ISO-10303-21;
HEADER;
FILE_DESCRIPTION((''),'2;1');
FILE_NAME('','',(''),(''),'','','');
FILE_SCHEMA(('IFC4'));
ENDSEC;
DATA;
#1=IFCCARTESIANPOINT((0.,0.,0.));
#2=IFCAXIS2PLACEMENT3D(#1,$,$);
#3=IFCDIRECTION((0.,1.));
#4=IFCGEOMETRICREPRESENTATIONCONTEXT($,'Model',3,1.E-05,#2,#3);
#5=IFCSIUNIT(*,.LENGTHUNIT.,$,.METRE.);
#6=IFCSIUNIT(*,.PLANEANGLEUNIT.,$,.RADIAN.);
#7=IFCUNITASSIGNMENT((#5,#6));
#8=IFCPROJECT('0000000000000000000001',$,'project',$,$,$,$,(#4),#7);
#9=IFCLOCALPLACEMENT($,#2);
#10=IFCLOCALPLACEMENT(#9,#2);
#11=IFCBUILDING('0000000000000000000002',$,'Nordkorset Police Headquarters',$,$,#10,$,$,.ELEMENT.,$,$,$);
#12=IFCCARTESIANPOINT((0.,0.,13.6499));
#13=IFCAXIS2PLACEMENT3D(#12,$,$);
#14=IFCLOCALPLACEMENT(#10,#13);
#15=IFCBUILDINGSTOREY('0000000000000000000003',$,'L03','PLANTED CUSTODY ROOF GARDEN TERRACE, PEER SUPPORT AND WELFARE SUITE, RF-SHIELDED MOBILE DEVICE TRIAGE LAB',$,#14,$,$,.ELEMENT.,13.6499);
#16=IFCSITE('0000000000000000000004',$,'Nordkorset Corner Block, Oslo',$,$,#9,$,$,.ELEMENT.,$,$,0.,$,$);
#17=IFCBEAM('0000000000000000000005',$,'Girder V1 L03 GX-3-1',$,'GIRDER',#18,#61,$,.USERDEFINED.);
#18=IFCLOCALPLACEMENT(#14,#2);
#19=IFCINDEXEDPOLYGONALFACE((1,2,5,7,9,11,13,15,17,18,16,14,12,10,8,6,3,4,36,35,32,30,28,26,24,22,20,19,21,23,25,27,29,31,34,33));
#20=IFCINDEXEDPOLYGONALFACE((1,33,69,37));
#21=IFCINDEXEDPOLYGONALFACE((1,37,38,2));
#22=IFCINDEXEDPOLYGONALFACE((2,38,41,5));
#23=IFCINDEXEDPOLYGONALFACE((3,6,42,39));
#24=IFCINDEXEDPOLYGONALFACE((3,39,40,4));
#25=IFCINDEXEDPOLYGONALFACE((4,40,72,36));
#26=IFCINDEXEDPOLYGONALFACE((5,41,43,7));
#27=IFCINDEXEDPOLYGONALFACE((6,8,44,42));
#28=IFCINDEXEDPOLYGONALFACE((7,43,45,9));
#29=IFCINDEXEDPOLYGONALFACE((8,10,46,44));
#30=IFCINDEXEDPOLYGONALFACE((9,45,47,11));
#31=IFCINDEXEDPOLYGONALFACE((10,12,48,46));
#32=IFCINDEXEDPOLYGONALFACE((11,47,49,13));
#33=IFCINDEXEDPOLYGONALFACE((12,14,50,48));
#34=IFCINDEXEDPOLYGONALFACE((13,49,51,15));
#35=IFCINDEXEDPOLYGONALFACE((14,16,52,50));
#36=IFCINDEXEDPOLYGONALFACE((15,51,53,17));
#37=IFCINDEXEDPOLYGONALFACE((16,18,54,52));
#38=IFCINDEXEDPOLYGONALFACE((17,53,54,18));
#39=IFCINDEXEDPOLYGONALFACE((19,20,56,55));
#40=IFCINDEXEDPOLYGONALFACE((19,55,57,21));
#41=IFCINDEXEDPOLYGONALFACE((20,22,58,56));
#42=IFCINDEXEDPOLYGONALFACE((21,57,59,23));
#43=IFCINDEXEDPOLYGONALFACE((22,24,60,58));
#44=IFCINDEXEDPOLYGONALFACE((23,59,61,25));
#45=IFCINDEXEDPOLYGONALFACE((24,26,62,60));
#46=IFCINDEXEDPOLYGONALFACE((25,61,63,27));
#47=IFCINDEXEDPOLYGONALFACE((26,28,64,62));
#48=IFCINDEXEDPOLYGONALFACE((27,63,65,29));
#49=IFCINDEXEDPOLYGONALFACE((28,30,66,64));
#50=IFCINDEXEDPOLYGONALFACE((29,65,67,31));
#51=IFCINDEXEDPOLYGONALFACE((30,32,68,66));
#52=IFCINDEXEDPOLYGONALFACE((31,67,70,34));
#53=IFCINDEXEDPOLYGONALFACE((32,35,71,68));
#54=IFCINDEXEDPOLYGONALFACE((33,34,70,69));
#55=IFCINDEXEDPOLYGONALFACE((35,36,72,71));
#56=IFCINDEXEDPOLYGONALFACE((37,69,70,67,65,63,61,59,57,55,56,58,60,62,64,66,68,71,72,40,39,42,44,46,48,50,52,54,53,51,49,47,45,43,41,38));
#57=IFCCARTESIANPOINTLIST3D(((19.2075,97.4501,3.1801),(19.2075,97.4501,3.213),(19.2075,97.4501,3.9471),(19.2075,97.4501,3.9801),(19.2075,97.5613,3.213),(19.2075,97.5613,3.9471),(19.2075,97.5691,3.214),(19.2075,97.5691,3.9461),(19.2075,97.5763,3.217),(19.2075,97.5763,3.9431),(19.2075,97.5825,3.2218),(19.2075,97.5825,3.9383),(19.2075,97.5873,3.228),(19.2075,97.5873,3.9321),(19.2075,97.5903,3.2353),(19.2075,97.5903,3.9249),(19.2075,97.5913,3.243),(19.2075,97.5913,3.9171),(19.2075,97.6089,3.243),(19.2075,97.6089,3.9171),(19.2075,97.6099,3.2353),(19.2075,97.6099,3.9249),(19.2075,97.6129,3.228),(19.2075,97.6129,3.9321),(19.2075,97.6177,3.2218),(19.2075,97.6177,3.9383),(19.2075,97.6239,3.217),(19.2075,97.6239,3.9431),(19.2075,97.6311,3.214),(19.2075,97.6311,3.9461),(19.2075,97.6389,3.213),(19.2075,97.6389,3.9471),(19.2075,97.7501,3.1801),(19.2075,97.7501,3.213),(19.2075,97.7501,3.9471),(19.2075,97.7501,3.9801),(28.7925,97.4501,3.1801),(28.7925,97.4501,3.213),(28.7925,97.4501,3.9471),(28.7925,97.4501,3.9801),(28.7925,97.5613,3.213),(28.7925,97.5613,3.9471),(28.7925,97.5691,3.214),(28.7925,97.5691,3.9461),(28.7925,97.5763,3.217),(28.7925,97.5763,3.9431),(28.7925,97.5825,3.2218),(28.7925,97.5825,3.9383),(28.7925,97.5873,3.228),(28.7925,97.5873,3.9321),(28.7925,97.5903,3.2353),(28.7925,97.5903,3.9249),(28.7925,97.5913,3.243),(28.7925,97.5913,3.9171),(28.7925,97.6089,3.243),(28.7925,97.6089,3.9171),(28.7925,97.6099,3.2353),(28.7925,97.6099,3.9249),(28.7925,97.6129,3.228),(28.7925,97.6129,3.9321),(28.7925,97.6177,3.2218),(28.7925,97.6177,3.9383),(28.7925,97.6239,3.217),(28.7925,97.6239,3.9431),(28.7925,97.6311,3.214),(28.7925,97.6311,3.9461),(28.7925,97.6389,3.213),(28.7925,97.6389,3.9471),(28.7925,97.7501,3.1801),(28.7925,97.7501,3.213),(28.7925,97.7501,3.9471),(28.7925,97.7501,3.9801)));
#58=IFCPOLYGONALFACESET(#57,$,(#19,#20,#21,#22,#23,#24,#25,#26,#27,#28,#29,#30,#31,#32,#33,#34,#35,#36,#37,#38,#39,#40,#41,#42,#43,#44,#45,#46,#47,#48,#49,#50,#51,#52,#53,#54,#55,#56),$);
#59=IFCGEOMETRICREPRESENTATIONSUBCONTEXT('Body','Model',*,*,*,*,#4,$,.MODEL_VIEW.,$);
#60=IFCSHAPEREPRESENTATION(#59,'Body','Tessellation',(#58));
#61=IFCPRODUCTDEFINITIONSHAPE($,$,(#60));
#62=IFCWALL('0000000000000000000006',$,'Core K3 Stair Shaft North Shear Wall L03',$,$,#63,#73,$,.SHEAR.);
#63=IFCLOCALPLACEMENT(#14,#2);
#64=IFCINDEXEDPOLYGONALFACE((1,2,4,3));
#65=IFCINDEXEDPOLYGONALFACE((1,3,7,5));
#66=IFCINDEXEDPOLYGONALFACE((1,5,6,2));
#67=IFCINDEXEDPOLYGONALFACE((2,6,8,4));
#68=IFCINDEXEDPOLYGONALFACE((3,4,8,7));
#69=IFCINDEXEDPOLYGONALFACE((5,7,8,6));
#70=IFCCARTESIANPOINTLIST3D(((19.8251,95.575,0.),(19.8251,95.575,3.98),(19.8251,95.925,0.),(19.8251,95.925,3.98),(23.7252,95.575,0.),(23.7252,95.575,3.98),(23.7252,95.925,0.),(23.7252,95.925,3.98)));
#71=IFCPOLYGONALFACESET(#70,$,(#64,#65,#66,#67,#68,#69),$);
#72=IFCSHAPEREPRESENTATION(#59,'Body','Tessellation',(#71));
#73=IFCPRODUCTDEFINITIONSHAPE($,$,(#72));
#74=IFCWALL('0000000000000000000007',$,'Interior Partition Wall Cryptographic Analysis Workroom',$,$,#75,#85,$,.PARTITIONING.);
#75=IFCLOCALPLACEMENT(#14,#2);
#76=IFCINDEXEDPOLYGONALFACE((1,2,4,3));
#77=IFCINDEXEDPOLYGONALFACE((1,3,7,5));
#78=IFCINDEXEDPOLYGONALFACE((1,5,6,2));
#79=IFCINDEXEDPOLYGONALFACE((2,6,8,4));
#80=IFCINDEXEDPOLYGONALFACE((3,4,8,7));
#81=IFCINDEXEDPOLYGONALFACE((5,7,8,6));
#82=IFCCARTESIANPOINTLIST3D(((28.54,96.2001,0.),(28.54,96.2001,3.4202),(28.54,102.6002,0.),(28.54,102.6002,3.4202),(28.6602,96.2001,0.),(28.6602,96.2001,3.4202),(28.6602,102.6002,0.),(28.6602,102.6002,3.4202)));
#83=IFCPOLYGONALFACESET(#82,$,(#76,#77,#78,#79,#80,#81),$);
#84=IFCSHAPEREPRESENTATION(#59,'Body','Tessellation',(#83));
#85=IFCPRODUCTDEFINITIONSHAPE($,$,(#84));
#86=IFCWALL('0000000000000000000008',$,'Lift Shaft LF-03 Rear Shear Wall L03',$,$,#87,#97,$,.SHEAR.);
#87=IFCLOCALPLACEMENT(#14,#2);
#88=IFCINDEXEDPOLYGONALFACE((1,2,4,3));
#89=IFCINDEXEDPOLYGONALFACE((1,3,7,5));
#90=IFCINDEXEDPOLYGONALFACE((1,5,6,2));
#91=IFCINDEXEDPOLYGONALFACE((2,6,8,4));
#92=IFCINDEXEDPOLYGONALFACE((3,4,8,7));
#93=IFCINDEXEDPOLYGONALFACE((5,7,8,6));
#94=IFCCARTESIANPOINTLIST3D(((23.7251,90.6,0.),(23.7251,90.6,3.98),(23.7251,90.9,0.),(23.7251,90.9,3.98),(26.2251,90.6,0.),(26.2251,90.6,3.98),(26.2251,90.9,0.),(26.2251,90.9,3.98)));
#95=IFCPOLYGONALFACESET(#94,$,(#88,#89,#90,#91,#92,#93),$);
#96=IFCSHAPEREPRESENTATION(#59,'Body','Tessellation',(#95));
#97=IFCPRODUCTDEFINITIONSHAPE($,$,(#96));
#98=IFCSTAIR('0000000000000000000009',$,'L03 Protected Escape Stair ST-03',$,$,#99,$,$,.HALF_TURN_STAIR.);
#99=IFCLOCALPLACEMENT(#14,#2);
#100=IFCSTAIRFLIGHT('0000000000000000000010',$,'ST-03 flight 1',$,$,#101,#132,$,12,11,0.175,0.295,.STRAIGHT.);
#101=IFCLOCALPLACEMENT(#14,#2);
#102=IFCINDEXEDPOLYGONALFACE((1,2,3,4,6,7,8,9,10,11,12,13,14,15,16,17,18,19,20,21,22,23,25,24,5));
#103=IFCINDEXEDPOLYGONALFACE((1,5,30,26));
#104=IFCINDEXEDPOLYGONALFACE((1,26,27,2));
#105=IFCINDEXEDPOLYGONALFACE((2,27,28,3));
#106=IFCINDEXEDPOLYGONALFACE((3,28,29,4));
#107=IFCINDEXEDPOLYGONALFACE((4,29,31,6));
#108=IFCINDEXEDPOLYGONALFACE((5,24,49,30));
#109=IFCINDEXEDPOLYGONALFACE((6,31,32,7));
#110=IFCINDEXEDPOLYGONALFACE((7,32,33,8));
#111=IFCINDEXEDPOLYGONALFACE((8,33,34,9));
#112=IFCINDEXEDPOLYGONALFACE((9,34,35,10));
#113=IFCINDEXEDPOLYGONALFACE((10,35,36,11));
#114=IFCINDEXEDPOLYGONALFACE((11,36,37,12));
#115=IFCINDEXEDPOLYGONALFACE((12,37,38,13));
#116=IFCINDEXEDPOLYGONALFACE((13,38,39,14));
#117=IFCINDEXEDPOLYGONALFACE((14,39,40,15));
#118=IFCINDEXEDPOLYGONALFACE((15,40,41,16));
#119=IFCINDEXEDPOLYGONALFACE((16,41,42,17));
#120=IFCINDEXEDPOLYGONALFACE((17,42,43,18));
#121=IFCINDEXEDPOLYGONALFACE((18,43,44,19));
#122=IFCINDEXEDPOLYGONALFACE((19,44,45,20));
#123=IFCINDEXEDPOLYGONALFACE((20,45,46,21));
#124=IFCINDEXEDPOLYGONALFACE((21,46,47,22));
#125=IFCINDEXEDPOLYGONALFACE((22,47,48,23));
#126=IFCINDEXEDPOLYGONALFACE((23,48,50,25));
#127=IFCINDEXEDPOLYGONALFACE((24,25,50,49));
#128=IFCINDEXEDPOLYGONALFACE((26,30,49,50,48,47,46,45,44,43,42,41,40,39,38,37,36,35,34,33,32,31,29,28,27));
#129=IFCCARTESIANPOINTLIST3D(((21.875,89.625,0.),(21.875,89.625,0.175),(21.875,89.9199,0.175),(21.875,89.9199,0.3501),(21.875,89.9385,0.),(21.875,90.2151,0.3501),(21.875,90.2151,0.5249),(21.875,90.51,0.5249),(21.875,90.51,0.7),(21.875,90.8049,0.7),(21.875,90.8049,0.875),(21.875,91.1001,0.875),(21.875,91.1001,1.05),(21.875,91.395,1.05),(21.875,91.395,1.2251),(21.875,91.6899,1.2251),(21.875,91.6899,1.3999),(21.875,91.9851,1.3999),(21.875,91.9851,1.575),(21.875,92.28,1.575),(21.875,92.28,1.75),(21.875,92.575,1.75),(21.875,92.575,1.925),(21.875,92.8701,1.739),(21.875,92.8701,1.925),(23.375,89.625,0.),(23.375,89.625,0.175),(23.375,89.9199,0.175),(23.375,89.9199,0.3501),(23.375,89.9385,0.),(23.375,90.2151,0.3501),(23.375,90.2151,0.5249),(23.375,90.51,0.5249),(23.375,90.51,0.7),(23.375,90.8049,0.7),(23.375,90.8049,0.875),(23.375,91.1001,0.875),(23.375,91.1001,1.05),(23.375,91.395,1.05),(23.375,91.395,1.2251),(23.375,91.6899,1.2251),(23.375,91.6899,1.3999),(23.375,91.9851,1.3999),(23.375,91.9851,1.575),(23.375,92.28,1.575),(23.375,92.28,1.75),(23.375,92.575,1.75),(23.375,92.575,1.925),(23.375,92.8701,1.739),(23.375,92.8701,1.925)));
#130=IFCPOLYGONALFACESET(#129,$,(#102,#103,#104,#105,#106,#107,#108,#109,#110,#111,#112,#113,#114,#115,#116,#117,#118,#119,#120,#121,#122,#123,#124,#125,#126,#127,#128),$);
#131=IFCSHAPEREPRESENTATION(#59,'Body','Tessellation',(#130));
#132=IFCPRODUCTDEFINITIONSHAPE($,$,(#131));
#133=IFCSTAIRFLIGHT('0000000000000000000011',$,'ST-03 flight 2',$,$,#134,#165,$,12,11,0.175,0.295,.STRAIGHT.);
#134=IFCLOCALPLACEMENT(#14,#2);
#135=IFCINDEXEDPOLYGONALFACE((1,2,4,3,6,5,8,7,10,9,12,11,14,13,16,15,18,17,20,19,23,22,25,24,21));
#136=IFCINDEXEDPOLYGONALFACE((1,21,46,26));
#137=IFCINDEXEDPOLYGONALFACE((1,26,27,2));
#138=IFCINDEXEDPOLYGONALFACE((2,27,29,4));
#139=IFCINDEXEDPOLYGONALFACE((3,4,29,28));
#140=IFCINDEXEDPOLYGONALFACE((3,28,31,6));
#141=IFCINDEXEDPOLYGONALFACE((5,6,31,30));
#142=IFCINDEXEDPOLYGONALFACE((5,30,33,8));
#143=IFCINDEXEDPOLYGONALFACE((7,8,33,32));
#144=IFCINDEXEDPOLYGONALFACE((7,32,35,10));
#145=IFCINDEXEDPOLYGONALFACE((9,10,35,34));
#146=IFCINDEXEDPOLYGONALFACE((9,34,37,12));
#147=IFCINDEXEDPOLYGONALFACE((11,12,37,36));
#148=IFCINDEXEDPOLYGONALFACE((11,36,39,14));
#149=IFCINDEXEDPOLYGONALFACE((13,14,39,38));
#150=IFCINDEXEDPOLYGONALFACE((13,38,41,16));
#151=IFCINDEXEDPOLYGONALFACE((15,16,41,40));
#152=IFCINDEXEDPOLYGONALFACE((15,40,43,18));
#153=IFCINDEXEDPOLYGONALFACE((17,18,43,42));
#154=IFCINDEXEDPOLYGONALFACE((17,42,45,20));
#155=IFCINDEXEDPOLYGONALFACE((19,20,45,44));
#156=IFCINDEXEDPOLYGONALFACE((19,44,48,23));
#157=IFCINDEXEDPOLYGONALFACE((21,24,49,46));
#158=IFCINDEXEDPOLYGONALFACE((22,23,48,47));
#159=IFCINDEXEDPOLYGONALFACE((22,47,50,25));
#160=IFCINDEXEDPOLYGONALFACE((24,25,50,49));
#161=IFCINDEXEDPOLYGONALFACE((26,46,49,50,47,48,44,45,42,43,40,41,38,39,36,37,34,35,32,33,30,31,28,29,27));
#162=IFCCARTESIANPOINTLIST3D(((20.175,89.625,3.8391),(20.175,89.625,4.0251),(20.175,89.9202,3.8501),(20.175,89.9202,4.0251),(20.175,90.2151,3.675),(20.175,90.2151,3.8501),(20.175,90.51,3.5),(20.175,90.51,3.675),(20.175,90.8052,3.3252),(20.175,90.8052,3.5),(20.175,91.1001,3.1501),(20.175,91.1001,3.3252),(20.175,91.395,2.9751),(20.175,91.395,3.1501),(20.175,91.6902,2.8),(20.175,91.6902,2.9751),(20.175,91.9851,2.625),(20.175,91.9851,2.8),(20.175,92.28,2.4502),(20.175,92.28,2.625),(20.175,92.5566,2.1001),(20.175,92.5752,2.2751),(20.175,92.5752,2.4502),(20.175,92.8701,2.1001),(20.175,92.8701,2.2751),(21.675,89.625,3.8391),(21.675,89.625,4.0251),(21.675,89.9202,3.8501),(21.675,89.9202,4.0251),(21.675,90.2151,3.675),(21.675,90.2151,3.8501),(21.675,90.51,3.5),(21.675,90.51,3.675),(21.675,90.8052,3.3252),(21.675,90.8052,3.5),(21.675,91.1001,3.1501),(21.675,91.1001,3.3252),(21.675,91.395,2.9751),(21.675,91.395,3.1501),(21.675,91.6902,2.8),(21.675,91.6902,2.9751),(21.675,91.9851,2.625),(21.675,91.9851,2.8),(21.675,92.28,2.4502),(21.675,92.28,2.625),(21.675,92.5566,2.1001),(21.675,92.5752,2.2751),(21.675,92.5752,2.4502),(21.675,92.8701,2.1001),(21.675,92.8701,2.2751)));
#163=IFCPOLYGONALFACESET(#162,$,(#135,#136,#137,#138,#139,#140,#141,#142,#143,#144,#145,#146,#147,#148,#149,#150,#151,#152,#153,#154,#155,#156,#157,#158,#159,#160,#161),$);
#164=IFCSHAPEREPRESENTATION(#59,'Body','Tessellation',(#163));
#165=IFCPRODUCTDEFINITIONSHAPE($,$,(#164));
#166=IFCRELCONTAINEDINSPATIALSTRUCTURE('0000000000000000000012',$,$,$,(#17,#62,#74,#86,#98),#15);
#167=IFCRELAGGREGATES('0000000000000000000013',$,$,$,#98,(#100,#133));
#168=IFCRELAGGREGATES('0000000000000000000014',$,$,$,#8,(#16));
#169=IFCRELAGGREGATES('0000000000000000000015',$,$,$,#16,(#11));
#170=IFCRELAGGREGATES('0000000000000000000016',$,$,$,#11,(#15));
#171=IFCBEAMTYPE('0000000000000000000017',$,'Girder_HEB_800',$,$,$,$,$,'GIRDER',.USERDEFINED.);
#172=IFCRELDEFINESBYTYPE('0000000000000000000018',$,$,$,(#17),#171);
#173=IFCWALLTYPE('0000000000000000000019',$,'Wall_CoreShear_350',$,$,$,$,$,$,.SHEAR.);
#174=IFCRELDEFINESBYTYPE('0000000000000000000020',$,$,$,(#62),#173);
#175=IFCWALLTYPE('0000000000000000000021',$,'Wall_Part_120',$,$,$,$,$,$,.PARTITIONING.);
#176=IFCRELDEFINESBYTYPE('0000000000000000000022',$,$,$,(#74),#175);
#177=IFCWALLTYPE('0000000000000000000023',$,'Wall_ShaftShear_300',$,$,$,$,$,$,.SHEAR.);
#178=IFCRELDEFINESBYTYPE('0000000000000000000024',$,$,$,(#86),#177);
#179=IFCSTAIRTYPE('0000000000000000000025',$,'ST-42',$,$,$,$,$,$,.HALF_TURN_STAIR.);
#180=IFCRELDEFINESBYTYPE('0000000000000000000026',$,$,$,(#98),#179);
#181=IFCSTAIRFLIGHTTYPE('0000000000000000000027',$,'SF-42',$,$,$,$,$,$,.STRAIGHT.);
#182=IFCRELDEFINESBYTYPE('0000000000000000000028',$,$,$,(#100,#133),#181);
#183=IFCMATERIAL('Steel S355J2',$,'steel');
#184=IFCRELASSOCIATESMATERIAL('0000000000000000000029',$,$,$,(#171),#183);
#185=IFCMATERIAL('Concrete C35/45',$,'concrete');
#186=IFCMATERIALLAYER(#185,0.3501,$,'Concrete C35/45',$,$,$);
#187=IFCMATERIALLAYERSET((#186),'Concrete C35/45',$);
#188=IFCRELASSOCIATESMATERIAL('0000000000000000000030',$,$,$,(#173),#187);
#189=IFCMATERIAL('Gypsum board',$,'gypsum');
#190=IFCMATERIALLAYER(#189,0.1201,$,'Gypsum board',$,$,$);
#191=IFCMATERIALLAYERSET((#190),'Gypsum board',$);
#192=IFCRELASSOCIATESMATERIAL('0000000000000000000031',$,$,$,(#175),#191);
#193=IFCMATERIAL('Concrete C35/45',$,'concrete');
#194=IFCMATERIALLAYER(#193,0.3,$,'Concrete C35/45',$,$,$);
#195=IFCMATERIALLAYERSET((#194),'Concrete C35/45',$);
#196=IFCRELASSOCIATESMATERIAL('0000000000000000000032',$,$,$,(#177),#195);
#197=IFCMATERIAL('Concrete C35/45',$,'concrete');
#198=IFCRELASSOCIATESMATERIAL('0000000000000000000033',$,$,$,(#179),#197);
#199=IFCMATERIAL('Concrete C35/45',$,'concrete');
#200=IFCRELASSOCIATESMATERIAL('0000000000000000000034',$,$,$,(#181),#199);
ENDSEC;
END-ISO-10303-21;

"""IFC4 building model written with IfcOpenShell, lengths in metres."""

from ifc_helpers import new_model, si_unit, direction, frame, frame_2d, origin, origin_2d, place, context, subcontext, project, spatial, polyline, rectangle, i_section, outline, extrude, material, layer, layer_set, material_profile, profile_set, type_object, element, aggregate, save


model = new_model("IFC4")

# Units and contexts
model_context = context("Model", 3, precision=1e-05, world=origin(), true_north=direction((0.0, 1.0)))
body_context = subcontext(model_context, "Body", "Model", "MODEL_VIEW")
ifc_project = project(units=[si_unit("LENGTHUNIT", "METRE"), si_unit("PLANEANGLEUNIT", "RADIAN")], contexts=[model_context])

# Site, building, storey
site_placement = place(None, origin())
site = spatial("IfcSite", under=ifc_project, at=site_placement, Name="Nordkorset Corner Block, Oslo", CompositionType="ELEMENT", RefElevation=0.0)
building_placement = place(site_placement, origin())
building = spatial("IfcBuilding", under=site, at=building_placement, Name="Nordkorset Police Headquarters", CompositionType="ELEMENT")
storey_placement = place(building_placement, frame((0.0, 0.0, 13.6499)))
storey = spatial("IfcBuildingStorey", under=building, at=storey_placement, Name="L03", Description="PLANTED CUSTODY ROOF GARDEN TERRACE, PEER SUPPORT AND WELFARE SUITE, RF-SHIELDED MOBILE DEVICE TRIAGE LAB", CompositionType="ELEMENT", Elevation=13.6499)

# Beam
ifc_material_1 = material(Name="Steel S355J2", Category="steel")
ifc_material_profile_1 = material_profile(ifc_material_1, i_section(OverallWidth=0.3, OverallDepth=0.8, WebThickness=0.0176, FlangeThickness=0.033, FilletRadius=0.03, at=origin_2d()), Name="HEB 800")
ifc_profile_set_1 = profile_set([ifc_material_profile_1], Name="Steel S355J2")
beam_type_1 = type_object("IfcBeamType", Name="Girder_HEB_800", ElementType="GIRDER", PredefinedType="USERDEFINED", material=ifc_profile_set_1)
beam_placement = place(storey_placement, frame((19.2075, 97.6001, 3.5801), z_axis=(1.0, 0.0, 0.0), x_axis=(0.0, 1.0, 0.0)))
element("IfcBeam", 1, at=beam_placement, inside=storey, type_object=beam_type_1, Name="Girder V1 L03 GX-3-1", ObjectType="GIRDER", PredefinedType="USERDEFINED", context=body_context, shape_type="SweptSolid", body=[
    extrude(i_section(OverallWidth=0.3, OverallDepth=0.8, WebThickness=0.0176, FlangeThickness=0.033, FilletRadius=0.03, at=origin_2d()), origin(), (0.0, 0.0, 1.0), 9.585),
])

# Walls
ifc_material_2 = material(Name="Concrete C35/45", Category="concrete")
ifc_layer_1 = layer(ifc_material_2, 0.3501, Name="Concrete C35/45")
ifc_layer_set_1 = layer_set([ifc_layer_1], Name="Concrete C35/45")
wall_type_1 = type_object("IfcWallType", Name="Wall_CoreShear_350", PredefinedType="SHEAR", material=ifc_layer_set_1)
wall_1_placement = place(storey_placement, frame((19.825, 95.75, 0.0), z_axis=(0.0, 0.0, 1.0), x_axis=(1.0, 0.0, 0.0)))
element("IfcWall", 2, at=wall_1_placement, inside=storey, type_object=wall_type_1, Name="Core K3 Stair Shaft North Shear Wall L03", PredefinedType="SHEAR", context=body_context, shape_type="SweptSolid", body=[
    extrude(rectangle(XDim=3.9001, YDim=0.3501, at=frame_2d((1.9502, 0.0))), origin(), (0.0, 0.0, 1.0), 3.98),
])
ifc_material_3 = material(Name="Gypsum board", Category="gypsum")
ifc_layer_2 = layer(ifc_material_3, 0.1201, Name="Gypsum board")
ifc_layer_set_2 = layer_set([ifc_layer_2], Name="Gypsum board")
wall_type_2 = type_object("IfcWallType", Name="Wall_Part_120", PredefinedType="PARTITIONING", material=ifc_layer_set_2)
wall_2_placement = place(storey_placement, frame((28.6001, 96.2, 0.0), z_axis=(0.0, 0.0, 1.0), x_axis=(0.0, 1.0, 0.0)))
element("IfcWall", 3, at=wall_2_placement, inside=storey, type_object=wall_type_2, Name="Interior Partition Wall Cryptographic Analysis Workroom", PredefinedType="PARTITIONING", context=body_context, shape_type="SweptSolid", body=[
    extrude(rectangle(XDim=6.4001, YDim=0.1201, at=frame_2d((3.2002, 0.0))), origin(), (0.0, 0.0, 1.0), 3.4202),
])
ifc_material_4 = material(Name="Concrete C35/45", Category="concrete")
ifc_layer_3 = layer(ifc_material_4, 0.3, Name="Concrete C35/45")
ifc_layer_set_3 = layer_set([ifc_layer_3], Name="Concrete C35/45")
wall_type_3 = type_object("IfcWallType", Name="Wall_ShaftShear_300", PredefinedType="SHEAR", material=ifc_layer_set_3)
wall_3_placement = place(storey_placement, frame((23.7251, 90.75, 0.0), z_axis=(0.0, 0.0, 1.0), x_axis=(1.0, 0.0, 0.0)))
element("IfcWall", 4, at=wall_3_placement, inside=storey, type_object=wall_type_3, Name="Lift Shaft LF-03 Rear Shear Wall L03", PredefinedType="SHEAR", context=body_context, shape_type="SweptSolid", body=[
    extrude(rectangle(XDim=2.5, YDim=0.3, at=frame_2d((1.25, 0.0))), origin(), (0.0, 0.0, 1.0), 3.98),
])

# Stair, stair flights
ifc_material_5 = material(Name="Concrete C35/45", Category="concrete")
stair_type = type_object("IfcStairType", Name="ST-42", PredefinedType="HALF_TURN_STAIR", material=ifc_material_5)
stair_placement = place(storey_placement, origin())
stair = element("IfcStair", 5, at=stair_placement, inside=storey, type_object=stair_type, Name="L03 Protected Escape Stair ST-03", PredefinedType="HALF_TURN_STAIR")
ifc_material_6 = material(Name="Concrete C35/45", Category="concrete")
stair_flight_type = type_object("IfcStairFlightType", Name="SF-42", PredefinedType="STRAIGHT", material=ifc_material_6)
stair_flight_1_placement = place(storey_placement, frame((22.625, 89.625, 0.0), z_axis=(0.0, 0.0, 1.0), x_axis=(0.0, 1.0, 0.0)))
stair_flight_1 = element("IfcStairFlight", 6, at=stair_flight_1_placement, type_object=stair_flight_type, Name="ST-03 flight 1", NumberOfRisers=12, NumberOfTreads=11, PredefinedType="STRAIGHT", RiserHeight=0.175, TreadLength=0.295, context=body_context, shape_type="SweptSolid", body=[
    extrude(outline(polyline([(0.0, 0.0), (0.0, 0.175), (0.2949, 0.175), (0.2949, 0.3501), (0.5901, 0.3501), (0.5901, 0.5249), (0.885, 0.5249), (0.885, 0.7), (1.1799, 0.7), (1.1799, 0.875), (1.4751, 0.875), (1.4751, 1.05), (1.77, 1.05), (1.77, 1.2251), (2.0649, 1.2251), (2.0649, 1.3999), (2.3601, 1.3999), (2.3601, 1.575), (2.655, 1.575), (2.655, 1.75), (2.95, 1.75), (2.95, 1.925), (3.2451, 1.925), (3.2451, 2.1001), (3.2451, 1.739), (0.3135, 0.0), (0.0, 0.0)])), frame((0.0, 0.75, 0.0), z_axis=(0.0, -1.0, 0.0), x_axis=(1.0, 0.0, 0.0)), (0.0, 0.0, 1.0), 1.5),
])
stair_flight_2_placement = place(storey_placement, frame((20.925, 92.8701, 2.1001), z_axis=(0.0, 0.0, 1.0), x_axis=(0.0, -1.0, 0.0)))
stair_flight_2 = element("IfcStairFlight", 7, at=stair_flight_2_placement, type_object=stair_flight_type, Name="ST-03 flight 2", NumberOfRisers=12, NumberOfTreads=11, PredefinedType="STRAIGHT", RiserHeight=0.175, TreadLength=0.295, context=body_context, shape_type="SweptSolid", body=[
    extrude(outline(polyline([(0.0, 0.0), (0.0, 0.175), (0.2949, 0.175), (0.2949, 0.3501), (0.5901, 0.3501), (0.5901, 0.5249), (0.885, 0.5249), (0.885, 0.7), (1.1799, 0.7), (1.1799, 0.875), (1.4751, 0.875), (1.4751, 1.05), (1.77, 1.05), (1.77, 1.2251), (2.0649, 1.2251), (2.0649, 1.3999), (2.3601, 1.3999), (2.3601, 1.575), (2.655, 1.575), (2.655, 1.75), (2.95, 1.75), (2.95, 1.925), (3.2451, 1.925), (3.2451, 2.1001), (3.2451, 1.739), (0.3135, 0.0), (0.0, 0.0)])), frame((0.0, 0.75, 0.0), z_axis=(0.0, -1.0, 0.0), x_axis=(1.0, 0.0, 0.0)), (0.0, 0.0, 1.0), 1.5),
])
aggregate(stair, [stair_flight_1, stair_flight_2])

save(model, "model.ifc")
